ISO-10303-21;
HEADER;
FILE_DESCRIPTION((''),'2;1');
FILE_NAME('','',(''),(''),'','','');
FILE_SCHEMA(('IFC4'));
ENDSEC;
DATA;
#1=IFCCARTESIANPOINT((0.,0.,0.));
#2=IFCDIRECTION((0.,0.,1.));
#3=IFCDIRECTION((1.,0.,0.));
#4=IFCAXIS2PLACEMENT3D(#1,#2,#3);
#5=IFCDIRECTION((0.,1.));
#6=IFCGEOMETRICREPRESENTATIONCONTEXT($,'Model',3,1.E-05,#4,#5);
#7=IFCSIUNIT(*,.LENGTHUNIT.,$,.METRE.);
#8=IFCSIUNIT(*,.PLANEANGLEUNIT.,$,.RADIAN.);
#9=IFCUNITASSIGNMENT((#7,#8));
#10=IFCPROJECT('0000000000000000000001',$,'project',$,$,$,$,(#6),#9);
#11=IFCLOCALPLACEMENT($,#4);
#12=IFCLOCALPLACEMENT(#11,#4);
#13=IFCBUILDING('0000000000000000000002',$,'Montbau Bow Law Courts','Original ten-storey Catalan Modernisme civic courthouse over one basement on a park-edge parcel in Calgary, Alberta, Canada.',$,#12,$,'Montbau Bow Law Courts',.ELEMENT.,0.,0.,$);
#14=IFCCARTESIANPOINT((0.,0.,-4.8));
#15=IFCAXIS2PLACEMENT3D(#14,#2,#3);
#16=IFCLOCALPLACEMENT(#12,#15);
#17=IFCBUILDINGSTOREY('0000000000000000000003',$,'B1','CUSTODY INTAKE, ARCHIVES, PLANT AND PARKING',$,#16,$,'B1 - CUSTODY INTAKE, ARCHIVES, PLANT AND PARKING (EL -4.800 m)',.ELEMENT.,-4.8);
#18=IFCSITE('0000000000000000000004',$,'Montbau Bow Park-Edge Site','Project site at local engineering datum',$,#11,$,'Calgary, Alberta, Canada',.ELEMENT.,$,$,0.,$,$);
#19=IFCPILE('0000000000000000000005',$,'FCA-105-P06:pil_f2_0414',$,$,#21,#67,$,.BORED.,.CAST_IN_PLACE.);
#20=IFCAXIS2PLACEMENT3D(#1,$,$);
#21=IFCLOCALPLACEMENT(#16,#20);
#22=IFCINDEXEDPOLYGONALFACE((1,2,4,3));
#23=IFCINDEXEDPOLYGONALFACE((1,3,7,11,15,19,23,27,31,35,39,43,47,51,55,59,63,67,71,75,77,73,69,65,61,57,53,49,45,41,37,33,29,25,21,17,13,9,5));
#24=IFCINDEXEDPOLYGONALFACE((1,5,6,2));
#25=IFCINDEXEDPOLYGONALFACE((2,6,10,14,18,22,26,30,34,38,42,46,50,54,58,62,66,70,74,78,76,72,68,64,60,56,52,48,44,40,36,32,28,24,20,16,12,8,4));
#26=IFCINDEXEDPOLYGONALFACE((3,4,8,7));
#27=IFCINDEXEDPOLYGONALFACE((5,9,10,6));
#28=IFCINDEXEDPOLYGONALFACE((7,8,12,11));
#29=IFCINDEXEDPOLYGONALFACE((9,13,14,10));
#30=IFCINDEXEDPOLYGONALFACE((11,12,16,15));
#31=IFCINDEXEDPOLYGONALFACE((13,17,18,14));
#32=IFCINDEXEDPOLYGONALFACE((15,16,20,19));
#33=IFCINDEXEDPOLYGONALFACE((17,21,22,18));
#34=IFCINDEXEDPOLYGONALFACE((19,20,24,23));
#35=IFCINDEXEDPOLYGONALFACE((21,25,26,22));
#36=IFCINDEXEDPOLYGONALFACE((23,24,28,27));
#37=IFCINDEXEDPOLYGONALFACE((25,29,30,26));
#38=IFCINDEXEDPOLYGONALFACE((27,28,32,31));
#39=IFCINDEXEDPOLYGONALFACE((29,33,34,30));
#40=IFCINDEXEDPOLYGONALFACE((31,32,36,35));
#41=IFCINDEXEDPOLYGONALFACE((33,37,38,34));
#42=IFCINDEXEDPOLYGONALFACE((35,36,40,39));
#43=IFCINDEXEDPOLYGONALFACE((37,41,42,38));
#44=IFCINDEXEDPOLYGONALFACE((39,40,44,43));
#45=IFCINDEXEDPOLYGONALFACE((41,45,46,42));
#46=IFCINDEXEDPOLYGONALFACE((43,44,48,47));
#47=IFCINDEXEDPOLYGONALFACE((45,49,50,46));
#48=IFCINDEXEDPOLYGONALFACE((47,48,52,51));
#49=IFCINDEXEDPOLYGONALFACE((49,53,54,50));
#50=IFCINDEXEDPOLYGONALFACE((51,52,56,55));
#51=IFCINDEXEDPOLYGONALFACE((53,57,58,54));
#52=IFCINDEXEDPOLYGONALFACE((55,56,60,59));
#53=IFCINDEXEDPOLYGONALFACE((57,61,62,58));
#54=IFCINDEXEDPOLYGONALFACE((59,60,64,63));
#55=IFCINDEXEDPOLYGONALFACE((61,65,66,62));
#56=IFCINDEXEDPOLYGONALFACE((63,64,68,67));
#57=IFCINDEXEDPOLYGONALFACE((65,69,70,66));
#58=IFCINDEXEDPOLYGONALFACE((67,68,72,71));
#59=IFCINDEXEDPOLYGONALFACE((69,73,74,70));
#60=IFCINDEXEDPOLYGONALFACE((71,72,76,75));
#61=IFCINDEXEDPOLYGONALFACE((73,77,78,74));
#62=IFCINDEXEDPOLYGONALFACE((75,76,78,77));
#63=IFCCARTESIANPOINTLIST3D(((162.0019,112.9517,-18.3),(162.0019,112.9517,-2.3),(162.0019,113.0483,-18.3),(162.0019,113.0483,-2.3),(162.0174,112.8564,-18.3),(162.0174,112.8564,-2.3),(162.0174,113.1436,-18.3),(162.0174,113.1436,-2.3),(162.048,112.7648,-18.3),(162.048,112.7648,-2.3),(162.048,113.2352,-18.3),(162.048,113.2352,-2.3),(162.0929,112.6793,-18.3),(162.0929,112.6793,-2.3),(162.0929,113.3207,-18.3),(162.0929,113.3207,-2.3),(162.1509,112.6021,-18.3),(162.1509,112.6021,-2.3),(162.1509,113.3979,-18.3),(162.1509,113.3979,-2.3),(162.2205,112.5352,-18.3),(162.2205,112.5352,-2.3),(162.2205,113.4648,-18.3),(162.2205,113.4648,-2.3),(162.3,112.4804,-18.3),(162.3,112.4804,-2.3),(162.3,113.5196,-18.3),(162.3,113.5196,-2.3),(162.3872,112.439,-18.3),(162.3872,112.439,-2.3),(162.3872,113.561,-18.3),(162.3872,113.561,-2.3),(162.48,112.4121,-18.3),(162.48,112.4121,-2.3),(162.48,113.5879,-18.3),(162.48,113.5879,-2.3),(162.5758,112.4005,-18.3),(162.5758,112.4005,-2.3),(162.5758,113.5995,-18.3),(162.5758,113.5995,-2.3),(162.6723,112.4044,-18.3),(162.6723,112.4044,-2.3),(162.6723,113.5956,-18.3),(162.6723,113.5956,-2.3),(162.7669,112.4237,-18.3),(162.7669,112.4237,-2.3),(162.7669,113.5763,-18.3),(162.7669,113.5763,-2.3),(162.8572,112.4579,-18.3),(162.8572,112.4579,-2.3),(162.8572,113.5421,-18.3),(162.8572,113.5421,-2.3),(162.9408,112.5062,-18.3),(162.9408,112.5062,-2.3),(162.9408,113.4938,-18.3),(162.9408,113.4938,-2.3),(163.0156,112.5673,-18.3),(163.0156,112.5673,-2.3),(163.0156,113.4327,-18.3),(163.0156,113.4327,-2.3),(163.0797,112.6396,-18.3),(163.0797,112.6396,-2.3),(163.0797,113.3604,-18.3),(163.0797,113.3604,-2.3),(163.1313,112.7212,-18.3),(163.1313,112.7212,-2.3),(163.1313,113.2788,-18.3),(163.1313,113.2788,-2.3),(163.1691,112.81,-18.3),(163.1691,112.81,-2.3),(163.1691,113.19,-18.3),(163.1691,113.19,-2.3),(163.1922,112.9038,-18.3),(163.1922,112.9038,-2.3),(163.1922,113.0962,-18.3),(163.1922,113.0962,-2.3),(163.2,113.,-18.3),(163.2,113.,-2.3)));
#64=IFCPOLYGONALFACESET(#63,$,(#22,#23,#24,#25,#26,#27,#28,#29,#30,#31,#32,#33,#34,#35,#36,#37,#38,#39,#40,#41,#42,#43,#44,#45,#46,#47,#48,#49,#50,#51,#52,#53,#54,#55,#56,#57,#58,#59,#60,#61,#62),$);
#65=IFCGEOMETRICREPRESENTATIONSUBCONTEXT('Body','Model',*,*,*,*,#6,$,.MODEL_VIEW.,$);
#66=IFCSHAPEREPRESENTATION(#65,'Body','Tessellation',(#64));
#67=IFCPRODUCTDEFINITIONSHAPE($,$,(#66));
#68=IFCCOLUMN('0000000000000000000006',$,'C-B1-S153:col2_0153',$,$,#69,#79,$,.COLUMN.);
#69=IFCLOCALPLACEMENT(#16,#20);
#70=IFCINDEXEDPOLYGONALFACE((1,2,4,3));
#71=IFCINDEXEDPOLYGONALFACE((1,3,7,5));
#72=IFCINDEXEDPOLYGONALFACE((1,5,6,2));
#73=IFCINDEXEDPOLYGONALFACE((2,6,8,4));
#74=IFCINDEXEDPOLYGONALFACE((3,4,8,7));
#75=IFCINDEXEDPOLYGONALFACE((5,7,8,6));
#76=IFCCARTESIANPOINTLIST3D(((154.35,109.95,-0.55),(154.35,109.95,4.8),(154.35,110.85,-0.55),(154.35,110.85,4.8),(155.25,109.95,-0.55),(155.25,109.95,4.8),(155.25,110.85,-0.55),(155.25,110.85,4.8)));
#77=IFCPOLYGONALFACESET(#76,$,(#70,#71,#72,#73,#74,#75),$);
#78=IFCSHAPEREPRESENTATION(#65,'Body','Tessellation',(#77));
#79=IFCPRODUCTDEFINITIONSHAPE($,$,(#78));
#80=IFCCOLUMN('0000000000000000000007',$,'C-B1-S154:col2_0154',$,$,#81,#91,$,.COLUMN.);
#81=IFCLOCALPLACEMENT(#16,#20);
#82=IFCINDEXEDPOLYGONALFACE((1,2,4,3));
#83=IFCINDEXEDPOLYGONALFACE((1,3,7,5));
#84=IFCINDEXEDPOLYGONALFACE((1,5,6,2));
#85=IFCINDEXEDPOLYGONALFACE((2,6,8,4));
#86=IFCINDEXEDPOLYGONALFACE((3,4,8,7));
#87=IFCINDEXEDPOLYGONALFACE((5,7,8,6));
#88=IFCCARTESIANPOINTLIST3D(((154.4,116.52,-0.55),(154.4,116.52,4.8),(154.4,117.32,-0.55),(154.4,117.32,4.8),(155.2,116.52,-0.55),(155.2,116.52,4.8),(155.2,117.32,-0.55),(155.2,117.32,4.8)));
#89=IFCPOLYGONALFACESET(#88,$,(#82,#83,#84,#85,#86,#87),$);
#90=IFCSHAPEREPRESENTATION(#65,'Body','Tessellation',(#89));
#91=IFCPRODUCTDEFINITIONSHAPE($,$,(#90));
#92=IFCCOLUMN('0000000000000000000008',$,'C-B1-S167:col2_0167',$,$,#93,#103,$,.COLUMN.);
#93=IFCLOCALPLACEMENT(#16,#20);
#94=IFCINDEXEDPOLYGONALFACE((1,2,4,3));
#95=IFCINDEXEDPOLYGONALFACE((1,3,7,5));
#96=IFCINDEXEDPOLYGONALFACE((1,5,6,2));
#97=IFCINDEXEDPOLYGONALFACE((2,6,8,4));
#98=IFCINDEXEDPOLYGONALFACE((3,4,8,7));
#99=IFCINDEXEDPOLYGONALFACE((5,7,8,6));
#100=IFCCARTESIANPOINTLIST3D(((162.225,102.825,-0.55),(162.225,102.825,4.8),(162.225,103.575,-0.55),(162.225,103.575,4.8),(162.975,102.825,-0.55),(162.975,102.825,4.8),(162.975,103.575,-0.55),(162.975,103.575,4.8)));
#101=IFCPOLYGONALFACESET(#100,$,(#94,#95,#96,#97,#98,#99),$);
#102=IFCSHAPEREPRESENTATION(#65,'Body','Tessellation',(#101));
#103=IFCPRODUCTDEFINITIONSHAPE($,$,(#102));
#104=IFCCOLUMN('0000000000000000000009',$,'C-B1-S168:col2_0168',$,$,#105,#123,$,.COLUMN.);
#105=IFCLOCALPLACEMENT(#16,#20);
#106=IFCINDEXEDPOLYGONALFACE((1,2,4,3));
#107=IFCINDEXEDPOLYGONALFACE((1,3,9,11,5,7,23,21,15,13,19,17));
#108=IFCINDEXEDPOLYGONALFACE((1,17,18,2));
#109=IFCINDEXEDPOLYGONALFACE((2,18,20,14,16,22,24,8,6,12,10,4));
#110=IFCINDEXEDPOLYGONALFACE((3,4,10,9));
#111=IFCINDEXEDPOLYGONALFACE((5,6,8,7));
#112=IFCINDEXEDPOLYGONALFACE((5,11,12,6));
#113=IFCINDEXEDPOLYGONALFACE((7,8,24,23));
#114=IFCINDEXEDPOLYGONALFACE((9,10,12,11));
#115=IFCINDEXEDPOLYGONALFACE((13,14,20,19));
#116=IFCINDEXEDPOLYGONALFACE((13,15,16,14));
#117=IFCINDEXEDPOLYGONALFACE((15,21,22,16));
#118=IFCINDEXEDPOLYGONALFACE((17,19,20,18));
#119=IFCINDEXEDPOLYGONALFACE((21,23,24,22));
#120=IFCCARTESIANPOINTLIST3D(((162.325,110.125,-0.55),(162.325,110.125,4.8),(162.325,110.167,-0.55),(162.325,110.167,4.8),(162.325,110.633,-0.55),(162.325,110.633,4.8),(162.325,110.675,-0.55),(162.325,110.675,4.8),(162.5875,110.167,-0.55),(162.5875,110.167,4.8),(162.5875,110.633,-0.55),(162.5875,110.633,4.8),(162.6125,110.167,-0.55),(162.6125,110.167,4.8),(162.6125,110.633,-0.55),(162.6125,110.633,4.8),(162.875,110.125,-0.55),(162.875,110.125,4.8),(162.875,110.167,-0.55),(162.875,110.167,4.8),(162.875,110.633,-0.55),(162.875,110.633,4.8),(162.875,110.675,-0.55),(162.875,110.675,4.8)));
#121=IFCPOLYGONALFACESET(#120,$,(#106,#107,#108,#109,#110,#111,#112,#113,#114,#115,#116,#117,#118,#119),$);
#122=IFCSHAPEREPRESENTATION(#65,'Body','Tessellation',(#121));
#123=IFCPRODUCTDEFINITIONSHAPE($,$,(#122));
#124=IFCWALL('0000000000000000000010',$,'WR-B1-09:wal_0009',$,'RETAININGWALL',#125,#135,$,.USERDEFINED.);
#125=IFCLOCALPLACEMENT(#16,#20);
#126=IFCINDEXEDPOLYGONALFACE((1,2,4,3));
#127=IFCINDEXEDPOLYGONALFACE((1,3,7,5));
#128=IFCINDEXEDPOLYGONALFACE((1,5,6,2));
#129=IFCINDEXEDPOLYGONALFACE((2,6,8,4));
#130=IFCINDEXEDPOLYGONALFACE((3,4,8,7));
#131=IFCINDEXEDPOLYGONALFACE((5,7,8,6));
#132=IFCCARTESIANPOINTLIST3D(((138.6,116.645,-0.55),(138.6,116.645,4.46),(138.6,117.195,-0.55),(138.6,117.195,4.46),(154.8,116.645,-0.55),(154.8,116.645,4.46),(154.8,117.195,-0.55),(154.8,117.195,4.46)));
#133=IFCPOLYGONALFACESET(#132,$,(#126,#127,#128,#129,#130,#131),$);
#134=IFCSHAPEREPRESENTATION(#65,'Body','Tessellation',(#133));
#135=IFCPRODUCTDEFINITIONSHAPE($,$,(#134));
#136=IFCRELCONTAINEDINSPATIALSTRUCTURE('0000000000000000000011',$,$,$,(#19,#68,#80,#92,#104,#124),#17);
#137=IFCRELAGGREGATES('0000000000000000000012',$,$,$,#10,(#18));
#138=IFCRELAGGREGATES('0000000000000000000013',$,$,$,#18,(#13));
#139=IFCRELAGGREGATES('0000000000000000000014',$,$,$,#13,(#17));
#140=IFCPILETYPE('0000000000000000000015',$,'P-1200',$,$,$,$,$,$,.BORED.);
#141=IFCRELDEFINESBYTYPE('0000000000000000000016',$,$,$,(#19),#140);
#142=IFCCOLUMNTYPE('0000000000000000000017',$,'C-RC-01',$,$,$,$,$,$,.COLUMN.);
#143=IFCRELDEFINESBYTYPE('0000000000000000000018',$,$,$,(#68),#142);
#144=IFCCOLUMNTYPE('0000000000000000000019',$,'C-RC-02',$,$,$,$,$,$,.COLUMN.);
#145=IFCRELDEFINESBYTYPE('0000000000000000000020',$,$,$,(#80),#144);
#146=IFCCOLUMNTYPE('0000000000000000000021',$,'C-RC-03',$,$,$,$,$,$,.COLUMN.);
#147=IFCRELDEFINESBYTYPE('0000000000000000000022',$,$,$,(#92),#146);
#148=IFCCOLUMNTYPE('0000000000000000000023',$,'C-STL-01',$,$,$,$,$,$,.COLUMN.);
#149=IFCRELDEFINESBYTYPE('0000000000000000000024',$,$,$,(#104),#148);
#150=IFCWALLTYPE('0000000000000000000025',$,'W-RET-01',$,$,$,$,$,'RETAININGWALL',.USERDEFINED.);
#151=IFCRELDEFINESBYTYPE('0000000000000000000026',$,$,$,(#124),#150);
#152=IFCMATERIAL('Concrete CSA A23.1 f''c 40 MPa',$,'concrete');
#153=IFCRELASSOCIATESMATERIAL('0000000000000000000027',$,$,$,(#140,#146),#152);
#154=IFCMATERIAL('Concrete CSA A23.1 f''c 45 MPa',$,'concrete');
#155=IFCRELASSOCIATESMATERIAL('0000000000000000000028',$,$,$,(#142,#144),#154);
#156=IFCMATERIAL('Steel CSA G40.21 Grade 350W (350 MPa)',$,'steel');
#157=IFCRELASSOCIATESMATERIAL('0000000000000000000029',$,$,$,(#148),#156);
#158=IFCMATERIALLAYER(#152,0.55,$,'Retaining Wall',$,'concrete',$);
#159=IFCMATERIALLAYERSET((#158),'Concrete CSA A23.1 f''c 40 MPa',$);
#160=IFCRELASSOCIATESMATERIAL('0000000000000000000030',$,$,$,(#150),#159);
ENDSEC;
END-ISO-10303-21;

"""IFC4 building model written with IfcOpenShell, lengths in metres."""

from ifc_helpers import new_model, si_unit, direction, frame, frame_2d, origin_with_axes, origin_2d_with_axis, place, context, subcontext, project, spatial, rectangle, circle, i_section, extrude, material, layer, layer_set, material_profile, profile_set, type_object, element, save


model = new_model("IFC4")

# Units and contexts
model_context = context("Model", 3, precision=1e-05, world=origin_with_axes(), true_north=direction((0.0, 1.0)))
body_context = subcontext(model_context, "Body", "Model", "MODEL_VIEW")
ifc_project = project(units=[si_unit("LENGTHUNIT", "METRE"), si_unit("PLANEANGLEUNIT", "RADIAN")], contexts=[model_context])

# Site, building, storey
site_placement = place(None, origin_with_axes())
site = spatial("IfcSite", under=ifc_project, at=site_placement, Name="Montbau Bow Park-Edge Site", Description="Project site at local engineering datum", LongName="Calgary, Alberta, Canada", CompositionType="ELEMENT", RefElevation=0.0)
building_placement = place(site_placement, origin_with_axes())
building = spatial("IfcBuilding", under=site, at=building_placement, Name="Montbau Bow Law Courts", Description="Original ten-storey Catalan Modernisme civic courthouse over one basement on a park-edge parcel in Calgary, Alberta, Canada.", LongName="Montbau Bow Law Courts", CompositionType="ELEMENT", ElevationOfRefHeight=0.0, ElevationOfTerrain=0.0)
storey_placement = place(building_placement, frame((0.0, 0.0, -4.8), z_axis=(0.0, 0.0, 1.0), x_axis=(1.0, 0.0, 0.0)))
storey = spatial("IfcBuildingStorey", under=building, at=storey_placement, Name="B1", Description="CUSTODY INTAKE, ARCHIVES, PLANT AND PARKING", LongName="B1 - CUSTODY INTAKE, ARCHIVES, PLANT AND PARKING (EL -4.800 m)", CompositionType="ELEMENT", Elevation=-4.8)

# Pile
ifc_material_1 = material(Name="Concrete CSA A23.1 f'c 40 MPa", Category="concrete")
ifc_material_profile_1 = material_profile(ifc_material_1, circle(Radius=0.6, at=origin_2d_with_axis()), Name="BP1200", Category="Main", Priority=0)
ifc_profile_set_1 = profile_set([ifc_material_profile_1], Name="Concrete CSA A23.1 f'c 40 MPa")
pile_type_1 = type_object("IfcPileType", Name="P-1200", PredefinedType="BORED", material=ifc_profile_set_1)
for number, where, z_axis, x_axis, name in (
    (1, (162.6, 113.0, -23.1), (0.0, 0.0, 1.0), (1.0, 0.0, 0.0), "FCA-105-P06:pil_f2_0414"),
):
    element("IfcPile", number, at=place(None, frame(where, z_axis=z_axis, x_axis=x_axis)), inside=storey, type_object=pile_type_1, Name=name, ConstructionType="CAST_IN_PLACE", PredefinedType="BORED", context=body_context, shape_type="SweptSolid", body=[
        extrude(circle(Radius=0.6, at=origin_2d_with_axis()), origin_with_axes(), (0.0, 0.0, 1.0), 16.0),
    ])

# Columns
ifc_material_2 = material(Name="Concrete CSA A23.1 f'c 45 MPa", Category="concrete")
ifc_material_profile_2 = material_profile(ifc_material_2, rectangle(XDim=0.9, YDim=0.9, at=origin_2d_with_axis()), Name="RC900X900", Category="Main", Priority=0)
ifc_profile_set_2 = profile_set([ifc_material_profile_2], Name="Concrete CSA A23.1 f'c 45 MPa")
column_type_1 = type_object("IfcColumnType", Name="C-RC-01", PredefinedType="COLUMN", material=ifc_profile_set_2)
column_1_placement = place(None, frame((154.8, 110.4, -5.35), z_axis=(0.0, 0.0, 1.0), x_axis=(1.0, 0.0, 0.0)))
element("IfcColumn", 2, at=column_1_placement, inside=storey, type_object=column_type_1, Name="C-B1-S153:col2_0153", PredefinedType="COLUMN", context=body_context, shape_type="SweptSolid", body=[
    extrude(rectangle(XDim=0.9, YDim=0.9, at=origin_2d_with_axis()), origin_with_axes(), (0.0, 0.0, 1.0), 5.35),
])
ifc_material_profile_3 = material_profile(ifc_material_2, rectangle(XDim=0.8, YDim=0.8, at=origin_2d_with_axis()), Name="RC800X800", Category="Main", Priority=0)
ifc_profile_set_3 = profile_set([ifc_material_profile_3], Name="Concrete CSA A23.1 f'c 45 MPa")
column_type_2 = type_object("IfcColumnType", Name="C-RC-02", PredefinedType="COLUMN", material=ifc_profile_set_3)
column_2_placement = place(None, frame((154.8, 116.92, -5.35), z_axis=(0.0, 0.0, 1.0), x_axis=(1.0, 0.0, 0.0)))
element("IfcColumn", 3, at=column_2_placement, inside=storey, type_object=column_type_2, Name="C-B1-S154:col2_0154", PredefinedType="COLUMN", context=body_context, shape_type="SweptSolid", body=[
    extrude(rectangle(XDim=0.8, YDim=0.8, at=origin_2d_with_axis()), origin_with_axes(), (0.0, 0.0, 1.0), 5.35),
])
ifc_material_profile_4 = material_profile(ifc_material_1, rectangle(XDim=0.75, YDim=0.75, at=origin_2d_with_axis()), Name="RC750X750", Category="Main", Priority=0)
ifc_profile_set_4 = profile_set([ifc_material_profile_4], Name="Concrete CSA A23.1 f'c 40 MPa")
column_type_3 = type_object("IfcColumnType", Name="C-RC-03", PredefinedType="COLUMN", material=ifc_profile_set_4)
column_3_placement = place(None, frame((162.6, 103.2, -5.35), z_axis=(0.0, 0.0, 1.0), x_axis=(1.0, 0.0, 0.0)))
element("IfcColumn", 4, at=column_3_placement, inside=storey, type_object=column_type_3, Name="C-B1-S167:col2_0167", PredefinedType="COLUMN", context=body_context, shape_type="SweptSolid", body=[
    extrude(rectangle(XDim=0.75, YDim=0.75, at=origin_2d_with_axis()), origin_with_axes(), (0.0, 0.0, 1.0), 5.35),
])
ifc_material_3 = material(Name="Steel CSA G40.21 Grade 350W (350 MPa)", Category="steel")
ifc_material_profile_5 = material_profile(ifc_material_3, i_section(OverallWidth=0.55, OverallDepth=0.55, WebThickness=0.025, FlangeThickness=0.042, at=origin_2d_with_axis()), Name="WWF550X420", Category="Main", Priority=0)
ifc_profile_set_5 = profile_set([ifc_material_profile_5], Name="Steel CSA G40.21 Grade 350W (350 MPa)")
column_type_4 = type_object("IfcColumnType", Name="C-STL-01", PredefinedType="COLUMN", material=ifc_profile_set_5)
column_4_placement = place(None, frame((162.6, 110.4, -5.35), z_axis=(0.0, 0.0, 1.0), x_axis=(1.0, 0.0, 0.0)))
element("IfcColumn", 5, at=column_4_placement, inside=storey, type_object=column_type_4, Name="C-B1-S168:col2_0168", PredefinedType="COLUMN", context=body_context, shape_type="SweptSolid", body=[
    extrude(i_section(OverallWidth=0.55, OverallDepth=0.55, WebThickness=0.025, FlangeThickness=0.042, at=origin_2d_with_axis()), origin_with_axes(), (0.0, 0.0, 1.0), 5.35),
])

# Wall
ifc_layer = layer(ifc_material_1, 0.55, Name="Retaining Wall", Category="concrete")
ifc_layer_set = layer_set([ifc_layer], Name="Concrete CSA A23.1 f'c 40 MPa")
wall_type = type_object("IfcWallType", Name="W-RET-01", ElementType="RETAININGWALL", PredefinedType="USERDEFINED", material=ifc_layer_set)
wall_placement = place(None, frame((154.8, 116.92, -5.35), z_axis=(0.0, 0.0, 1.0), x_axis=(-1.0, 0.0, 0.0)))
element("IfcWall", 6, at=wall_placement, inside=storey, type_object=wall_type, Name="WR-B1-09:wal_0009", ObjectType="RETAININGWALL", PredefinedType="USERDEFINED", context=body_context, shape_type="SweptSolid", body=[
    extrude(rectangle(XDim=16.2, YDim=0.55, at=frame_2d((8.1, 0.0), x_axis=(1.0, 0.0))), origin_with_axes(), (0.0, 0.0, 1.0), 5.01),
])

save(model, "model.ifc")
